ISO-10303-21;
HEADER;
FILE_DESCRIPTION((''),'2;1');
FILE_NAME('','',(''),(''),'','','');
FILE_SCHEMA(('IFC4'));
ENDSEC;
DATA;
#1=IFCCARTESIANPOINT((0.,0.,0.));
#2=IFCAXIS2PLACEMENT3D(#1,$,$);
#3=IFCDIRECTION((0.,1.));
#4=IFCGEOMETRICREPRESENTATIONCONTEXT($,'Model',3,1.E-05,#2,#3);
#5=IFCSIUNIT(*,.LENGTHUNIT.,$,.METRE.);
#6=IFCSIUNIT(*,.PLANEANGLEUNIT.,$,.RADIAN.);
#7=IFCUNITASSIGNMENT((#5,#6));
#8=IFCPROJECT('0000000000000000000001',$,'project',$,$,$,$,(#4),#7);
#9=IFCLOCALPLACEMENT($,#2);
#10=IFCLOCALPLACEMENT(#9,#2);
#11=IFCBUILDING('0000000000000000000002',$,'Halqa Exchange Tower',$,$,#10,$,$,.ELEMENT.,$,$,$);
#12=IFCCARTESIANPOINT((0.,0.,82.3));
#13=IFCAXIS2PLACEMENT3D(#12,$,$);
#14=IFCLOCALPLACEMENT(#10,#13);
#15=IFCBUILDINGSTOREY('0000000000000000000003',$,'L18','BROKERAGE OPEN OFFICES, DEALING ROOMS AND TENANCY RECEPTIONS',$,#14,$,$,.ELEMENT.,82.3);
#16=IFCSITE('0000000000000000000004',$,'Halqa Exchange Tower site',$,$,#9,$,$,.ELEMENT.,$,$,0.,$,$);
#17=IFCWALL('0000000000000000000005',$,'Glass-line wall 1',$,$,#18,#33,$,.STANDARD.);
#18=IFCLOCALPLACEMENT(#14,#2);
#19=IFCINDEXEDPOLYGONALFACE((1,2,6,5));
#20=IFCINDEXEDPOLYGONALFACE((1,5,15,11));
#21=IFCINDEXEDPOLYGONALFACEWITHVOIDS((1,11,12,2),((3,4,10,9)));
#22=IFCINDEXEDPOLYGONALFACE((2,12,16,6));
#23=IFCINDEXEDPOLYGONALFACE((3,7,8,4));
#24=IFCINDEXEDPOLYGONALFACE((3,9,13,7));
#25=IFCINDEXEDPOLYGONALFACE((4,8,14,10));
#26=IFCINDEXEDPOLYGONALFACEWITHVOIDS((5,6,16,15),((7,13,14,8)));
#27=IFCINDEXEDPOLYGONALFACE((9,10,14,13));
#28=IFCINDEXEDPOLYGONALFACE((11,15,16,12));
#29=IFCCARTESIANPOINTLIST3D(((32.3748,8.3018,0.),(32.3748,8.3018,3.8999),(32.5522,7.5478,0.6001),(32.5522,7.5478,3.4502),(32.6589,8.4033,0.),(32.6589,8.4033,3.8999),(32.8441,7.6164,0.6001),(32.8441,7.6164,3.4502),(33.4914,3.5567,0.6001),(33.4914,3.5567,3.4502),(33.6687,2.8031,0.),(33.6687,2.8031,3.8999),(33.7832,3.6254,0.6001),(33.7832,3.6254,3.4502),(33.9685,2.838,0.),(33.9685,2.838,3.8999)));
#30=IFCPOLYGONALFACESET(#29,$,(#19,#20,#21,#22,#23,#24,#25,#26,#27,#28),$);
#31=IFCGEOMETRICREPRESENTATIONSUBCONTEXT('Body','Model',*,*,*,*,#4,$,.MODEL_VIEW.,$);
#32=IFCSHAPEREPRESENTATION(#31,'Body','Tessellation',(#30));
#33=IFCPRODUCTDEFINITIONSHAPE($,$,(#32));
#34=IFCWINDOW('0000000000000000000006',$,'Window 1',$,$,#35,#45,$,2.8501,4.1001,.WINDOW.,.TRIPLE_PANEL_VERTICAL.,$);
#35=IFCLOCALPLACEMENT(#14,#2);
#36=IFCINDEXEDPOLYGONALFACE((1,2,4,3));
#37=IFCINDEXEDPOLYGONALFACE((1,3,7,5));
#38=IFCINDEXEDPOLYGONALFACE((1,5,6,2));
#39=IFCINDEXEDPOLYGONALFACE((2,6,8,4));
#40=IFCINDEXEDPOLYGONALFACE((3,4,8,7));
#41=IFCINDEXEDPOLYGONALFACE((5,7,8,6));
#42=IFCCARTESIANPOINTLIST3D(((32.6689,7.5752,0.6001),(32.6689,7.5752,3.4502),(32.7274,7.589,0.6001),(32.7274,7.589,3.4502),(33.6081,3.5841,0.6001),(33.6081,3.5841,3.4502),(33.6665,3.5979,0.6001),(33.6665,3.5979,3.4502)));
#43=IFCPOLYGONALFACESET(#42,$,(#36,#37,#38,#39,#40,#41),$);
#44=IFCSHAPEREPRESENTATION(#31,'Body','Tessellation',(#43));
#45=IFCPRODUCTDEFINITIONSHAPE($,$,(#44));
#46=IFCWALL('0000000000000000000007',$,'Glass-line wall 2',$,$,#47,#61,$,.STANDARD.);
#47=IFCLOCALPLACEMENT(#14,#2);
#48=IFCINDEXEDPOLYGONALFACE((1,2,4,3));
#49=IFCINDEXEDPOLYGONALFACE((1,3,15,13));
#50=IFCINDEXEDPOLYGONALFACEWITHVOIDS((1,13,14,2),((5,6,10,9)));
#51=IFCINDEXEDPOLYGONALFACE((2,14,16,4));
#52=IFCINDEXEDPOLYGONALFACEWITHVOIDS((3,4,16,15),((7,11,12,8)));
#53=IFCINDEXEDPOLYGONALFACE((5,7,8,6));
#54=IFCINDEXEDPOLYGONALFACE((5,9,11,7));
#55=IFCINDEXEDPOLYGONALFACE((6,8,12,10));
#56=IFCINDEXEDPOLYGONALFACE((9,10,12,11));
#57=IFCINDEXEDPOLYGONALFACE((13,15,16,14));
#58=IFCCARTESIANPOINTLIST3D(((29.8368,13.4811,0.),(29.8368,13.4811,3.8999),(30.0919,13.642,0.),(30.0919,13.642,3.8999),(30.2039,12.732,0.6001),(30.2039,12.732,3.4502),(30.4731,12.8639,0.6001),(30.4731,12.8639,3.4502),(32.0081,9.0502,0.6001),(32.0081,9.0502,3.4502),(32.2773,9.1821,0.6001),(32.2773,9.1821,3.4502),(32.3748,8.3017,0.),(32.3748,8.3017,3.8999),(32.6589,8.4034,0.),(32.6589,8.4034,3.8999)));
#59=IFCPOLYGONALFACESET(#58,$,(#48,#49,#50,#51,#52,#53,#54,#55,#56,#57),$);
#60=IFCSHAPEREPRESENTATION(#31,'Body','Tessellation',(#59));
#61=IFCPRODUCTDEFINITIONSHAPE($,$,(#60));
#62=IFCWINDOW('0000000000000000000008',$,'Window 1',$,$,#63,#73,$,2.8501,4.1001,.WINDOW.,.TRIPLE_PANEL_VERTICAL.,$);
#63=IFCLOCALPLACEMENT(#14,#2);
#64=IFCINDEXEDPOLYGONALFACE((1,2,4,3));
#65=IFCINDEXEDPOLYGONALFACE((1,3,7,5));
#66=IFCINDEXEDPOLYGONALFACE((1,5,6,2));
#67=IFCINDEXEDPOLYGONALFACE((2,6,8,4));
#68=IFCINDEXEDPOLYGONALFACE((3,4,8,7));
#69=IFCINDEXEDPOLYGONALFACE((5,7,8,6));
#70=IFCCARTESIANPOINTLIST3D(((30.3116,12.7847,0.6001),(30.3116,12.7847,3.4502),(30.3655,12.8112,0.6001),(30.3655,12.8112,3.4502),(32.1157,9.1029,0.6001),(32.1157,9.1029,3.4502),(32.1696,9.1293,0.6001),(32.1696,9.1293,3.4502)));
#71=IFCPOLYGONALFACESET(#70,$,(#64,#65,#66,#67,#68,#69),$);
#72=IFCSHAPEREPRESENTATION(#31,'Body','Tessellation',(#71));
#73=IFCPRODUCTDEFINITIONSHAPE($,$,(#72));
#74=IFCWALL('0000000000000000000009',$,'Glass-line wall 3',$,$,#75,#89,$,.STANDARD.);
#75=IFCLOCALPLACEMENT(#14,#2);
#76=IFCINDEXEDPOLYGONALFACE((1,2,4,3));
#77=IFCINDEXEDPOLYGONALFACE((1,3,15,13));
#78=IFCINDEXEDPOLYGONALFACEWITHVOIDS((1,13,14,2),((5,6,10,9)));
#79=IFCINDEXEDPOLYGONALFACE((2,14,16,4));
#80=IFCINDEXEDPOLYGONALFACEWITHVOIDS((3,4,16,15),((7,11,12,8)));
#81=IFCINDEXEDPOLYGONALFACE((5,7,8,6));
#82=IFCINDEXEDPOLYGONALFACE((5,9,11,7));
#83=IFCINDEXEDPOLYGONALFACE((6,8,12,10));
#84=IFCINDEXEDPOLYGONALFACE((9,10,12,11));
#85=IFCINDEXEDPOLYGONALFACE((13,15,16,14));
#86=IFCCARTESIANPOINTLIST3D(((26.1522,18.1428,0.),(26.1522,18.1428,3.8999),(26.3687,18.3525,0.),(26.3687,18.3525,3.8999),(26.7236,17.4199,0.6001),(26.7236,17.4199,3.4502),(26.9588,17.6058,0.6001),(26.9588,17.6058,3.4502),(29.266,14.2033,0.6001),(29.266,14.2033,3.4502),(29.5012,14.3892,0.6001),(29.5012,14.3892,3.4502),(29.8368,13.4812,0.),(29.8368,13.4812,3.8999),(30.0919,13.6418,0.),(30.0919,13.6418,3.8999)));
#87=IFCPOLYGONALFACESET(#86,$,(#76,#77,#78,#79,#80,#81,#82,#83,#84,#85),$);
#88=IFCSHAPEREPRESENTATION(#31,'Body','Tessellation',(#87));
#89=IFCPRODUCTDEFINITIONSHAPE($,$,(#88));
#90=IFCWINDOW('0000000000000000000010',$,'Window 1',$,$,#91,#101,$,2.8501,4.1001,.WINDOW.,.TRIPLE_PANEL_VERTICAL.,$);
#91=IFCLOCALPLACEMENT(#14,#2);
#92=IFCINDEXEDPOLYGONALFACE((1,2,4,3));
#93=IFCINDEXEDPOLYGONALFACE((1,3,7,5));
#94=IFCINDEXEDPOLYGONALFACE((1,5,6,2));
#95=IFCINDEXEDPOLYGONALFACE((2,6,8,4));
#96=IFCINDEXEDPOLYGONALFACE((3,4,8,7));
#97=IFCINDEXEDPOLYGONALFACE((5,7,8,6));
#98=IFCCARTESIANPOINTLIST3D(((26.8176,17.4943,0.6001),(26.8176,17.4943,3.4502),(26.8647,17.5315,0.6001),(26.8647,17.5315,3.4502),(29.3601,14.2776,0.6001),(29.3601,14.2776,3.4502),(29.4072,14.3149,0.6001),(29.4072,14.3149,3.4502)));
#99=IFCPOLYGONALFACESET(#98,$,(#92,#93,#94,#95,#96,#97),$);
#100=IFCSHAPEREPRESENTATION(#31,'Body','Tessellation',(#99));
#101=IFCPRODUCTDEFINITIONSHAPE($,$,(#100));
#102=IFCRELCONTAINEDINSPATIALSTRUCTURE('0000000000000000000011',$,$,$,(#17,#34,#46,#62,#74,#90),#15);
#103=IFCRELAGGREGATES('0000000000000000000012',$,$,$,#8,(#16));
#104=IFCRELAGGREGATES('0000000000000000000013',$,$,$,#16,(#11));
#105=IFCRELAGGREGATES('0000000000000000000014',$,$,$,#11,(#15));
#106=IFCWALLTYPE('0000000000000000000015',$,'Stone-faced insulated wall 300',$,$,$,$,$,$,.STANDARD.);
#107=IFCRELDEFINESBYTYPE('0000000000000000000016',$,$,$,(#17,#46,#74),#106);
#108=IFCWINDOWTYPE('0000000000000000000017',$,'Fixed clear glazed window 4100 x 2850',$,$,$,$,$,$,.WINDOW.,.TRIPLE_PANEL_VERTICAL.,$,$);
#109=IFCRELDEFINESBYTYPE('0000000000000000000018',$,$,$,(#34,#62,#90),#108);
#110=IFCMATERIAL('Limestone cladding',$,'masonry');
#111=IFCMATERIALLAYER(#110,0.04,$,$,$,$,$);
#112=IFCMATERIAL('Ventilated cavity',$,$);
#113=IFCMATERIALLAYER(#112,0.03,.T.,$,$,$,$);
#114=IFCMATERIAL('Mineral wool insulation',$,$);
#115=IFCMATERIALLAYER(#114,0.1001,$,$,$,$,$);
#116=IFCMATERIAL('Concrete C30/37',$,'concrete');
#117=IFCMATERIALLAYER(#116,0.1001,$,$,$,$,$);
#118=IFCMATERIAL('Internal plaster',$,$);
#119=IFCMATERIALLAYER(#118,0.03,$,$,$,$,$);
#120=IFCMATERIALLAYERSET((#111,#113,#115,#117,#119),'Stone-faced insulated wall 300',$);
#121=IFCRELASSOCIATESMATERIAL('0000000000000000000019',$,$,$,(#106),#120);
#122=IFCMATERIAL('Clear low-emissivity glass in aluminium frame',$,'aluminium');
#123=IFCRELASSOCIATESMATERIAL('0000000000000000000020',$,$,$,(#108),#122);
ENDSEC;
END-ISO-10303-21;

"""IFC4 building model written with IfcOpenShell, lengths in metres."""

from ifc_helpers import new_model, si_unit, direction, frame, frame_2d, origin, place, context, subcontext, project, spatial, polyline, rectangle, outline, extrude, material, layer, layer_set, type_object, element, fill, save


model = new_model("IFC4")

# Units and contexts
model_context = context("Model", 3, precision=1e-05, world=origin(), true_north=direction((0.0, 1.0)))
body_context = subcontext(model_context, "Body", "Model", "MODEL_VIEW")
ifc_project = project(units=[si_unit("LENGTHUNIT", "METRE"), si_unit("PLANEANGLEUNIT", "RADIAN")], contexts=[model_context])

# Site, building, storey
site_placement = place(None, origin())
site = spatial("IfcSite", under=ifc_project, at=site_placement, Name="Halqa Exchange Tower site", CompositionType="ELEMENT", RefElevation=0.0)
building_placement = place(site_placement, origin())
building = spatial("IfcBuilding", under=site, at=building_placement, Name="Halqa Exchange Tower", CompositionType="ELEMENT")
storey_placement = place(building_placement, frame((0.0, 0.0, 82.3)))
storey = spatial("IfcBuildingStorey", under=building, at=storey_placement, Name="L18", Description="BROKERAGE OPEN OFFICES, DEALING ROOMS AND TENANCY RECEPTIONS", CompositionType="ELEMENT", Elevation=82.3)

# Walls, openings, windows
ifc_material_1 = material(Name="Limestone cladding", Category="masonry")
ifc_layer_1 = layer(ifc_material_1, 0.04)
ifc_material_2 = material(Name="Ventilated cavity")
ifc_layer_2 = layer(ifc_material_2, 0.03, ventilated=True)
ifc_material_3 = material(Name="Mineral wool insulation")
ifc_layer_3 = layer(ifc_material_3, 0.1001)
ifc_material_4 = material(Name="Concrete C30/37", Category="concrete")
ifc_layer_4 = layer(ifc_material_4, 0.1001)
ifc_material_5 = material(Name="Internal plaster")
ifc_layer_5 = layer(ifc_material_5, 0.03)
ifc_layer_set_1 = layer_set([ifc_layer_1, ifc_layer_2, ifc_layer_3, ifc_layer_4, ifc_layer_5], Name="Stone-faced insulated wall 300")
wall_type_1 = type_object("IfcWallType", Name="Stone-faced insulated wall 300", PredefinedType="STANDARD", material=ifc_layer_set_1)
wall_1_placement = place(storey_placement, frame((33.8186, 2.8206, 0.0), z_axis=(0.0, 0.0, 1.0), x_axis=(-0.229058, 0.973413, 0.0)))
wall_1 = element("IfcWall", 1, at=wall_1_placement, inside=storey, type_object=wall_type_1, Name="Glass-line wall 1", PredefinedType="STANDARD", context=body_context, shape_type="SweptSolid", body=[
    extrude(outline(polyline([(-0.0173, -0.1499), (5.7, -0.1499), (5.6663, 0.1499), (0.0173, 0.1499), (-0.0173, -0.1499)])), origin(), (0.0, 0.0, 1.0), 3.8999),
])
opening_1_placement = place(wall_1_placement, frame((0.7915, 0.0, 0.6001)))
opening_1 = element("IfcOpeningElement", 2, at=opening_1_placement, cuts=wall_1, PredefinedType="OPENING", context=body_context, shape_type="SweptSolid", body=[
    extrude(rectangle(XDim=4.1001, YDim=2.8501, at=frame_2d((2.05, 1.425))), frame((0.0, 0.1621, 0.0), z_axis=(0.0, -1.0, 0.0), x_axis=(1.0, 0.0, 0.0)), (0.0, 0.0, 1.0), 0.324),
])
ifc_material_6 = material(Name="Clear low-emissivity glass in aluminium frame", Category="aluminium")
window_type = type_object("IfcWindowType", Name="Fixed clear glazed window 4100 x 2850", PartitioningType="TRIPLE_PANEL_VERTICAL", PredefinedType="WINDOW", material=ifc_material_6)
window_1_placement = place(opening_1_placement, origin())
window_1 = element("IfcWindow", 3, at=window_1_placement, inside=storey, type_object=window_type, Name="Window 1", OverallHeight=2.8501, OverallWidth=4.1001, PartitioningType="TRIPLE_PANEL_VERTICAL", PredefinedType="WINDOW", context=body_context, shape_type="SweptSolid", body=[
    extrude(rectangle(XDim=4.1001, YDim=2.8501, at=frame_2d((2.05, 1.425))), frame((0.0, 0.03, 0.0), z_axis=(0.0, -1.0, 0.0), x_axis=(1.0, 0.0, 0.0)), (0.0, 0.0, 1.0), 0.0601),
])
fill(opening_1, window_1)
wall_2_placement = place(storey_placement, frame((32.5168, 8.3525, 0.0), z_axis=(0.0, 0.0, 1.0), x_axis=(-0.440027, 0.897984, 0.0)))
wall_2 = element("IfcWall", 4, at=wall_2_placement, inside=storey, type_object=wall_type_1, Name="Glass-line wall 2", PredefinedType="STANDARD", context=body_context, shape_type="SweptSolid", body=[
    extrude(outline(polyline([(-0.0168, -0.1499), (5.8169, -0.1499), (5.7847, 0.1499), (0.0168, 0.1499), (-0.0168, -0.1499)])), origin(), (0.0, 0.0, 1.0), 3.8999),
])
opening_2_placement = place(wall_2_placement, frame((0.8503, 0.0, 0.6001)))
opening_2 = element("IfcOpeningElement", 5, at=opening_2_placement, cuts=wall_2, PredefinedType="OPENING", context=body_context, shape_type="SweptSolid", body=[
    extrude(rectangle(XDim=4.1001, YDim=2.8501, at=frame_2d((2.05, 1.425))), frame((0.0, 0.1621, 0.0), z_axis=(0.0, -1.0, 0.0), x_axis=(1.0, 0.0, 0.0)), (0.0, 0.0, 1.0), 0.324),
])
window_2_placement = place(opening_2_placement, origin())
window_2 = element("IfcWindow", 6, at=window_2_placement, inside=storey, type_object=window_type, Name="Window 1", OverallHeight=2.8501, OverallWidth=4.1001, PartitioningType="TRIPLE_PANEL_VERTICAL", PredefinedType="WINDOW", context=body_context, shape_type="SweptSolid", body=[
    extrude(rectangle(XDim=4.1001, YDim=2.8501, at=frame_2d((2.05, 1.425))), frame((0.0, 0.03, 0.0), z_axis=(0.0, -1.0, 0.0), x_axis=(1.0, 0.0, 0.0)), (0.0, 0.0, 1.0), 0.0601),
])
fill(opening_2, window_2)
wall_3_placement = place(storey_placement, frame((29.9644, 13.5615, 0.0), z_axis=(0.0, 0.0, 1.0), x_axis=(-0.620093, 0.784528, 0.0)))
wall_3 = element("IfcWall", 7, at=wall_3_placement, inside=storey, type_object=wall_type_1, Name="Glass-line wall 3", PredefinedType="STANDARD", context=body_context, shape_type="SweptSolid", body=[
    extrude(outline(polyline([(-0.0161, -0.1499), (5.9883, -0.1499), (5.958, 0.1499), (0.0161, 0.1499), (-0.0161, -0.1499)])), origin(), (0.0, 0.0, 1.0), 3.8999),
])
opening_3_placement = place(wall_3_placement, frame((0.9365, 0.0, 0.6001)))
opening_3 = element("IfcOpeningElement", 8, at=opening_3_placement, cuts=wall_3, PredefinedType="OPENING", context=body_context, shape_type="SweptSolid", body=[
    extrude(rectangle(XDim=4.1001, YDim=2.8501, at=frame_2d((2.05, 1.425))), frame((0.0, 0.1621, 0.0), z_axis=(0.0, -1.0, 0.0), x_axis=(1.0, 0.0, 0.0)), (0.0, 0.0, 1.0), 0.324),
])
window_3_placement = place(opening_3_placement, origin())
window_3 = element("IfcWindow", 9, at=window_3_placement, inside=storey, type_object=window_type, Name="Window 1", OverallHeight=2.8501, OverallWidth=4.1001, PartitioningType="TRIPLE_PANEL_VERTICAL", PredefinedType="WINDOW", context=body_context, shape_type="SweptSolid", body=[
    extrude(rectangle(XDim=4.1001, YDim=2.8501, at=frame_2d((2.05, 1.425))), frame((0.0, 0.03, 0.0), z_axis=(0.0, -1.0, 0.0), x_axis=(1.0, 0.0, 0.0)), (0.0, 0.0, 1.0), 0.0601),
])
fill(opening_3, window_3)

save(model, "model.ifc")
